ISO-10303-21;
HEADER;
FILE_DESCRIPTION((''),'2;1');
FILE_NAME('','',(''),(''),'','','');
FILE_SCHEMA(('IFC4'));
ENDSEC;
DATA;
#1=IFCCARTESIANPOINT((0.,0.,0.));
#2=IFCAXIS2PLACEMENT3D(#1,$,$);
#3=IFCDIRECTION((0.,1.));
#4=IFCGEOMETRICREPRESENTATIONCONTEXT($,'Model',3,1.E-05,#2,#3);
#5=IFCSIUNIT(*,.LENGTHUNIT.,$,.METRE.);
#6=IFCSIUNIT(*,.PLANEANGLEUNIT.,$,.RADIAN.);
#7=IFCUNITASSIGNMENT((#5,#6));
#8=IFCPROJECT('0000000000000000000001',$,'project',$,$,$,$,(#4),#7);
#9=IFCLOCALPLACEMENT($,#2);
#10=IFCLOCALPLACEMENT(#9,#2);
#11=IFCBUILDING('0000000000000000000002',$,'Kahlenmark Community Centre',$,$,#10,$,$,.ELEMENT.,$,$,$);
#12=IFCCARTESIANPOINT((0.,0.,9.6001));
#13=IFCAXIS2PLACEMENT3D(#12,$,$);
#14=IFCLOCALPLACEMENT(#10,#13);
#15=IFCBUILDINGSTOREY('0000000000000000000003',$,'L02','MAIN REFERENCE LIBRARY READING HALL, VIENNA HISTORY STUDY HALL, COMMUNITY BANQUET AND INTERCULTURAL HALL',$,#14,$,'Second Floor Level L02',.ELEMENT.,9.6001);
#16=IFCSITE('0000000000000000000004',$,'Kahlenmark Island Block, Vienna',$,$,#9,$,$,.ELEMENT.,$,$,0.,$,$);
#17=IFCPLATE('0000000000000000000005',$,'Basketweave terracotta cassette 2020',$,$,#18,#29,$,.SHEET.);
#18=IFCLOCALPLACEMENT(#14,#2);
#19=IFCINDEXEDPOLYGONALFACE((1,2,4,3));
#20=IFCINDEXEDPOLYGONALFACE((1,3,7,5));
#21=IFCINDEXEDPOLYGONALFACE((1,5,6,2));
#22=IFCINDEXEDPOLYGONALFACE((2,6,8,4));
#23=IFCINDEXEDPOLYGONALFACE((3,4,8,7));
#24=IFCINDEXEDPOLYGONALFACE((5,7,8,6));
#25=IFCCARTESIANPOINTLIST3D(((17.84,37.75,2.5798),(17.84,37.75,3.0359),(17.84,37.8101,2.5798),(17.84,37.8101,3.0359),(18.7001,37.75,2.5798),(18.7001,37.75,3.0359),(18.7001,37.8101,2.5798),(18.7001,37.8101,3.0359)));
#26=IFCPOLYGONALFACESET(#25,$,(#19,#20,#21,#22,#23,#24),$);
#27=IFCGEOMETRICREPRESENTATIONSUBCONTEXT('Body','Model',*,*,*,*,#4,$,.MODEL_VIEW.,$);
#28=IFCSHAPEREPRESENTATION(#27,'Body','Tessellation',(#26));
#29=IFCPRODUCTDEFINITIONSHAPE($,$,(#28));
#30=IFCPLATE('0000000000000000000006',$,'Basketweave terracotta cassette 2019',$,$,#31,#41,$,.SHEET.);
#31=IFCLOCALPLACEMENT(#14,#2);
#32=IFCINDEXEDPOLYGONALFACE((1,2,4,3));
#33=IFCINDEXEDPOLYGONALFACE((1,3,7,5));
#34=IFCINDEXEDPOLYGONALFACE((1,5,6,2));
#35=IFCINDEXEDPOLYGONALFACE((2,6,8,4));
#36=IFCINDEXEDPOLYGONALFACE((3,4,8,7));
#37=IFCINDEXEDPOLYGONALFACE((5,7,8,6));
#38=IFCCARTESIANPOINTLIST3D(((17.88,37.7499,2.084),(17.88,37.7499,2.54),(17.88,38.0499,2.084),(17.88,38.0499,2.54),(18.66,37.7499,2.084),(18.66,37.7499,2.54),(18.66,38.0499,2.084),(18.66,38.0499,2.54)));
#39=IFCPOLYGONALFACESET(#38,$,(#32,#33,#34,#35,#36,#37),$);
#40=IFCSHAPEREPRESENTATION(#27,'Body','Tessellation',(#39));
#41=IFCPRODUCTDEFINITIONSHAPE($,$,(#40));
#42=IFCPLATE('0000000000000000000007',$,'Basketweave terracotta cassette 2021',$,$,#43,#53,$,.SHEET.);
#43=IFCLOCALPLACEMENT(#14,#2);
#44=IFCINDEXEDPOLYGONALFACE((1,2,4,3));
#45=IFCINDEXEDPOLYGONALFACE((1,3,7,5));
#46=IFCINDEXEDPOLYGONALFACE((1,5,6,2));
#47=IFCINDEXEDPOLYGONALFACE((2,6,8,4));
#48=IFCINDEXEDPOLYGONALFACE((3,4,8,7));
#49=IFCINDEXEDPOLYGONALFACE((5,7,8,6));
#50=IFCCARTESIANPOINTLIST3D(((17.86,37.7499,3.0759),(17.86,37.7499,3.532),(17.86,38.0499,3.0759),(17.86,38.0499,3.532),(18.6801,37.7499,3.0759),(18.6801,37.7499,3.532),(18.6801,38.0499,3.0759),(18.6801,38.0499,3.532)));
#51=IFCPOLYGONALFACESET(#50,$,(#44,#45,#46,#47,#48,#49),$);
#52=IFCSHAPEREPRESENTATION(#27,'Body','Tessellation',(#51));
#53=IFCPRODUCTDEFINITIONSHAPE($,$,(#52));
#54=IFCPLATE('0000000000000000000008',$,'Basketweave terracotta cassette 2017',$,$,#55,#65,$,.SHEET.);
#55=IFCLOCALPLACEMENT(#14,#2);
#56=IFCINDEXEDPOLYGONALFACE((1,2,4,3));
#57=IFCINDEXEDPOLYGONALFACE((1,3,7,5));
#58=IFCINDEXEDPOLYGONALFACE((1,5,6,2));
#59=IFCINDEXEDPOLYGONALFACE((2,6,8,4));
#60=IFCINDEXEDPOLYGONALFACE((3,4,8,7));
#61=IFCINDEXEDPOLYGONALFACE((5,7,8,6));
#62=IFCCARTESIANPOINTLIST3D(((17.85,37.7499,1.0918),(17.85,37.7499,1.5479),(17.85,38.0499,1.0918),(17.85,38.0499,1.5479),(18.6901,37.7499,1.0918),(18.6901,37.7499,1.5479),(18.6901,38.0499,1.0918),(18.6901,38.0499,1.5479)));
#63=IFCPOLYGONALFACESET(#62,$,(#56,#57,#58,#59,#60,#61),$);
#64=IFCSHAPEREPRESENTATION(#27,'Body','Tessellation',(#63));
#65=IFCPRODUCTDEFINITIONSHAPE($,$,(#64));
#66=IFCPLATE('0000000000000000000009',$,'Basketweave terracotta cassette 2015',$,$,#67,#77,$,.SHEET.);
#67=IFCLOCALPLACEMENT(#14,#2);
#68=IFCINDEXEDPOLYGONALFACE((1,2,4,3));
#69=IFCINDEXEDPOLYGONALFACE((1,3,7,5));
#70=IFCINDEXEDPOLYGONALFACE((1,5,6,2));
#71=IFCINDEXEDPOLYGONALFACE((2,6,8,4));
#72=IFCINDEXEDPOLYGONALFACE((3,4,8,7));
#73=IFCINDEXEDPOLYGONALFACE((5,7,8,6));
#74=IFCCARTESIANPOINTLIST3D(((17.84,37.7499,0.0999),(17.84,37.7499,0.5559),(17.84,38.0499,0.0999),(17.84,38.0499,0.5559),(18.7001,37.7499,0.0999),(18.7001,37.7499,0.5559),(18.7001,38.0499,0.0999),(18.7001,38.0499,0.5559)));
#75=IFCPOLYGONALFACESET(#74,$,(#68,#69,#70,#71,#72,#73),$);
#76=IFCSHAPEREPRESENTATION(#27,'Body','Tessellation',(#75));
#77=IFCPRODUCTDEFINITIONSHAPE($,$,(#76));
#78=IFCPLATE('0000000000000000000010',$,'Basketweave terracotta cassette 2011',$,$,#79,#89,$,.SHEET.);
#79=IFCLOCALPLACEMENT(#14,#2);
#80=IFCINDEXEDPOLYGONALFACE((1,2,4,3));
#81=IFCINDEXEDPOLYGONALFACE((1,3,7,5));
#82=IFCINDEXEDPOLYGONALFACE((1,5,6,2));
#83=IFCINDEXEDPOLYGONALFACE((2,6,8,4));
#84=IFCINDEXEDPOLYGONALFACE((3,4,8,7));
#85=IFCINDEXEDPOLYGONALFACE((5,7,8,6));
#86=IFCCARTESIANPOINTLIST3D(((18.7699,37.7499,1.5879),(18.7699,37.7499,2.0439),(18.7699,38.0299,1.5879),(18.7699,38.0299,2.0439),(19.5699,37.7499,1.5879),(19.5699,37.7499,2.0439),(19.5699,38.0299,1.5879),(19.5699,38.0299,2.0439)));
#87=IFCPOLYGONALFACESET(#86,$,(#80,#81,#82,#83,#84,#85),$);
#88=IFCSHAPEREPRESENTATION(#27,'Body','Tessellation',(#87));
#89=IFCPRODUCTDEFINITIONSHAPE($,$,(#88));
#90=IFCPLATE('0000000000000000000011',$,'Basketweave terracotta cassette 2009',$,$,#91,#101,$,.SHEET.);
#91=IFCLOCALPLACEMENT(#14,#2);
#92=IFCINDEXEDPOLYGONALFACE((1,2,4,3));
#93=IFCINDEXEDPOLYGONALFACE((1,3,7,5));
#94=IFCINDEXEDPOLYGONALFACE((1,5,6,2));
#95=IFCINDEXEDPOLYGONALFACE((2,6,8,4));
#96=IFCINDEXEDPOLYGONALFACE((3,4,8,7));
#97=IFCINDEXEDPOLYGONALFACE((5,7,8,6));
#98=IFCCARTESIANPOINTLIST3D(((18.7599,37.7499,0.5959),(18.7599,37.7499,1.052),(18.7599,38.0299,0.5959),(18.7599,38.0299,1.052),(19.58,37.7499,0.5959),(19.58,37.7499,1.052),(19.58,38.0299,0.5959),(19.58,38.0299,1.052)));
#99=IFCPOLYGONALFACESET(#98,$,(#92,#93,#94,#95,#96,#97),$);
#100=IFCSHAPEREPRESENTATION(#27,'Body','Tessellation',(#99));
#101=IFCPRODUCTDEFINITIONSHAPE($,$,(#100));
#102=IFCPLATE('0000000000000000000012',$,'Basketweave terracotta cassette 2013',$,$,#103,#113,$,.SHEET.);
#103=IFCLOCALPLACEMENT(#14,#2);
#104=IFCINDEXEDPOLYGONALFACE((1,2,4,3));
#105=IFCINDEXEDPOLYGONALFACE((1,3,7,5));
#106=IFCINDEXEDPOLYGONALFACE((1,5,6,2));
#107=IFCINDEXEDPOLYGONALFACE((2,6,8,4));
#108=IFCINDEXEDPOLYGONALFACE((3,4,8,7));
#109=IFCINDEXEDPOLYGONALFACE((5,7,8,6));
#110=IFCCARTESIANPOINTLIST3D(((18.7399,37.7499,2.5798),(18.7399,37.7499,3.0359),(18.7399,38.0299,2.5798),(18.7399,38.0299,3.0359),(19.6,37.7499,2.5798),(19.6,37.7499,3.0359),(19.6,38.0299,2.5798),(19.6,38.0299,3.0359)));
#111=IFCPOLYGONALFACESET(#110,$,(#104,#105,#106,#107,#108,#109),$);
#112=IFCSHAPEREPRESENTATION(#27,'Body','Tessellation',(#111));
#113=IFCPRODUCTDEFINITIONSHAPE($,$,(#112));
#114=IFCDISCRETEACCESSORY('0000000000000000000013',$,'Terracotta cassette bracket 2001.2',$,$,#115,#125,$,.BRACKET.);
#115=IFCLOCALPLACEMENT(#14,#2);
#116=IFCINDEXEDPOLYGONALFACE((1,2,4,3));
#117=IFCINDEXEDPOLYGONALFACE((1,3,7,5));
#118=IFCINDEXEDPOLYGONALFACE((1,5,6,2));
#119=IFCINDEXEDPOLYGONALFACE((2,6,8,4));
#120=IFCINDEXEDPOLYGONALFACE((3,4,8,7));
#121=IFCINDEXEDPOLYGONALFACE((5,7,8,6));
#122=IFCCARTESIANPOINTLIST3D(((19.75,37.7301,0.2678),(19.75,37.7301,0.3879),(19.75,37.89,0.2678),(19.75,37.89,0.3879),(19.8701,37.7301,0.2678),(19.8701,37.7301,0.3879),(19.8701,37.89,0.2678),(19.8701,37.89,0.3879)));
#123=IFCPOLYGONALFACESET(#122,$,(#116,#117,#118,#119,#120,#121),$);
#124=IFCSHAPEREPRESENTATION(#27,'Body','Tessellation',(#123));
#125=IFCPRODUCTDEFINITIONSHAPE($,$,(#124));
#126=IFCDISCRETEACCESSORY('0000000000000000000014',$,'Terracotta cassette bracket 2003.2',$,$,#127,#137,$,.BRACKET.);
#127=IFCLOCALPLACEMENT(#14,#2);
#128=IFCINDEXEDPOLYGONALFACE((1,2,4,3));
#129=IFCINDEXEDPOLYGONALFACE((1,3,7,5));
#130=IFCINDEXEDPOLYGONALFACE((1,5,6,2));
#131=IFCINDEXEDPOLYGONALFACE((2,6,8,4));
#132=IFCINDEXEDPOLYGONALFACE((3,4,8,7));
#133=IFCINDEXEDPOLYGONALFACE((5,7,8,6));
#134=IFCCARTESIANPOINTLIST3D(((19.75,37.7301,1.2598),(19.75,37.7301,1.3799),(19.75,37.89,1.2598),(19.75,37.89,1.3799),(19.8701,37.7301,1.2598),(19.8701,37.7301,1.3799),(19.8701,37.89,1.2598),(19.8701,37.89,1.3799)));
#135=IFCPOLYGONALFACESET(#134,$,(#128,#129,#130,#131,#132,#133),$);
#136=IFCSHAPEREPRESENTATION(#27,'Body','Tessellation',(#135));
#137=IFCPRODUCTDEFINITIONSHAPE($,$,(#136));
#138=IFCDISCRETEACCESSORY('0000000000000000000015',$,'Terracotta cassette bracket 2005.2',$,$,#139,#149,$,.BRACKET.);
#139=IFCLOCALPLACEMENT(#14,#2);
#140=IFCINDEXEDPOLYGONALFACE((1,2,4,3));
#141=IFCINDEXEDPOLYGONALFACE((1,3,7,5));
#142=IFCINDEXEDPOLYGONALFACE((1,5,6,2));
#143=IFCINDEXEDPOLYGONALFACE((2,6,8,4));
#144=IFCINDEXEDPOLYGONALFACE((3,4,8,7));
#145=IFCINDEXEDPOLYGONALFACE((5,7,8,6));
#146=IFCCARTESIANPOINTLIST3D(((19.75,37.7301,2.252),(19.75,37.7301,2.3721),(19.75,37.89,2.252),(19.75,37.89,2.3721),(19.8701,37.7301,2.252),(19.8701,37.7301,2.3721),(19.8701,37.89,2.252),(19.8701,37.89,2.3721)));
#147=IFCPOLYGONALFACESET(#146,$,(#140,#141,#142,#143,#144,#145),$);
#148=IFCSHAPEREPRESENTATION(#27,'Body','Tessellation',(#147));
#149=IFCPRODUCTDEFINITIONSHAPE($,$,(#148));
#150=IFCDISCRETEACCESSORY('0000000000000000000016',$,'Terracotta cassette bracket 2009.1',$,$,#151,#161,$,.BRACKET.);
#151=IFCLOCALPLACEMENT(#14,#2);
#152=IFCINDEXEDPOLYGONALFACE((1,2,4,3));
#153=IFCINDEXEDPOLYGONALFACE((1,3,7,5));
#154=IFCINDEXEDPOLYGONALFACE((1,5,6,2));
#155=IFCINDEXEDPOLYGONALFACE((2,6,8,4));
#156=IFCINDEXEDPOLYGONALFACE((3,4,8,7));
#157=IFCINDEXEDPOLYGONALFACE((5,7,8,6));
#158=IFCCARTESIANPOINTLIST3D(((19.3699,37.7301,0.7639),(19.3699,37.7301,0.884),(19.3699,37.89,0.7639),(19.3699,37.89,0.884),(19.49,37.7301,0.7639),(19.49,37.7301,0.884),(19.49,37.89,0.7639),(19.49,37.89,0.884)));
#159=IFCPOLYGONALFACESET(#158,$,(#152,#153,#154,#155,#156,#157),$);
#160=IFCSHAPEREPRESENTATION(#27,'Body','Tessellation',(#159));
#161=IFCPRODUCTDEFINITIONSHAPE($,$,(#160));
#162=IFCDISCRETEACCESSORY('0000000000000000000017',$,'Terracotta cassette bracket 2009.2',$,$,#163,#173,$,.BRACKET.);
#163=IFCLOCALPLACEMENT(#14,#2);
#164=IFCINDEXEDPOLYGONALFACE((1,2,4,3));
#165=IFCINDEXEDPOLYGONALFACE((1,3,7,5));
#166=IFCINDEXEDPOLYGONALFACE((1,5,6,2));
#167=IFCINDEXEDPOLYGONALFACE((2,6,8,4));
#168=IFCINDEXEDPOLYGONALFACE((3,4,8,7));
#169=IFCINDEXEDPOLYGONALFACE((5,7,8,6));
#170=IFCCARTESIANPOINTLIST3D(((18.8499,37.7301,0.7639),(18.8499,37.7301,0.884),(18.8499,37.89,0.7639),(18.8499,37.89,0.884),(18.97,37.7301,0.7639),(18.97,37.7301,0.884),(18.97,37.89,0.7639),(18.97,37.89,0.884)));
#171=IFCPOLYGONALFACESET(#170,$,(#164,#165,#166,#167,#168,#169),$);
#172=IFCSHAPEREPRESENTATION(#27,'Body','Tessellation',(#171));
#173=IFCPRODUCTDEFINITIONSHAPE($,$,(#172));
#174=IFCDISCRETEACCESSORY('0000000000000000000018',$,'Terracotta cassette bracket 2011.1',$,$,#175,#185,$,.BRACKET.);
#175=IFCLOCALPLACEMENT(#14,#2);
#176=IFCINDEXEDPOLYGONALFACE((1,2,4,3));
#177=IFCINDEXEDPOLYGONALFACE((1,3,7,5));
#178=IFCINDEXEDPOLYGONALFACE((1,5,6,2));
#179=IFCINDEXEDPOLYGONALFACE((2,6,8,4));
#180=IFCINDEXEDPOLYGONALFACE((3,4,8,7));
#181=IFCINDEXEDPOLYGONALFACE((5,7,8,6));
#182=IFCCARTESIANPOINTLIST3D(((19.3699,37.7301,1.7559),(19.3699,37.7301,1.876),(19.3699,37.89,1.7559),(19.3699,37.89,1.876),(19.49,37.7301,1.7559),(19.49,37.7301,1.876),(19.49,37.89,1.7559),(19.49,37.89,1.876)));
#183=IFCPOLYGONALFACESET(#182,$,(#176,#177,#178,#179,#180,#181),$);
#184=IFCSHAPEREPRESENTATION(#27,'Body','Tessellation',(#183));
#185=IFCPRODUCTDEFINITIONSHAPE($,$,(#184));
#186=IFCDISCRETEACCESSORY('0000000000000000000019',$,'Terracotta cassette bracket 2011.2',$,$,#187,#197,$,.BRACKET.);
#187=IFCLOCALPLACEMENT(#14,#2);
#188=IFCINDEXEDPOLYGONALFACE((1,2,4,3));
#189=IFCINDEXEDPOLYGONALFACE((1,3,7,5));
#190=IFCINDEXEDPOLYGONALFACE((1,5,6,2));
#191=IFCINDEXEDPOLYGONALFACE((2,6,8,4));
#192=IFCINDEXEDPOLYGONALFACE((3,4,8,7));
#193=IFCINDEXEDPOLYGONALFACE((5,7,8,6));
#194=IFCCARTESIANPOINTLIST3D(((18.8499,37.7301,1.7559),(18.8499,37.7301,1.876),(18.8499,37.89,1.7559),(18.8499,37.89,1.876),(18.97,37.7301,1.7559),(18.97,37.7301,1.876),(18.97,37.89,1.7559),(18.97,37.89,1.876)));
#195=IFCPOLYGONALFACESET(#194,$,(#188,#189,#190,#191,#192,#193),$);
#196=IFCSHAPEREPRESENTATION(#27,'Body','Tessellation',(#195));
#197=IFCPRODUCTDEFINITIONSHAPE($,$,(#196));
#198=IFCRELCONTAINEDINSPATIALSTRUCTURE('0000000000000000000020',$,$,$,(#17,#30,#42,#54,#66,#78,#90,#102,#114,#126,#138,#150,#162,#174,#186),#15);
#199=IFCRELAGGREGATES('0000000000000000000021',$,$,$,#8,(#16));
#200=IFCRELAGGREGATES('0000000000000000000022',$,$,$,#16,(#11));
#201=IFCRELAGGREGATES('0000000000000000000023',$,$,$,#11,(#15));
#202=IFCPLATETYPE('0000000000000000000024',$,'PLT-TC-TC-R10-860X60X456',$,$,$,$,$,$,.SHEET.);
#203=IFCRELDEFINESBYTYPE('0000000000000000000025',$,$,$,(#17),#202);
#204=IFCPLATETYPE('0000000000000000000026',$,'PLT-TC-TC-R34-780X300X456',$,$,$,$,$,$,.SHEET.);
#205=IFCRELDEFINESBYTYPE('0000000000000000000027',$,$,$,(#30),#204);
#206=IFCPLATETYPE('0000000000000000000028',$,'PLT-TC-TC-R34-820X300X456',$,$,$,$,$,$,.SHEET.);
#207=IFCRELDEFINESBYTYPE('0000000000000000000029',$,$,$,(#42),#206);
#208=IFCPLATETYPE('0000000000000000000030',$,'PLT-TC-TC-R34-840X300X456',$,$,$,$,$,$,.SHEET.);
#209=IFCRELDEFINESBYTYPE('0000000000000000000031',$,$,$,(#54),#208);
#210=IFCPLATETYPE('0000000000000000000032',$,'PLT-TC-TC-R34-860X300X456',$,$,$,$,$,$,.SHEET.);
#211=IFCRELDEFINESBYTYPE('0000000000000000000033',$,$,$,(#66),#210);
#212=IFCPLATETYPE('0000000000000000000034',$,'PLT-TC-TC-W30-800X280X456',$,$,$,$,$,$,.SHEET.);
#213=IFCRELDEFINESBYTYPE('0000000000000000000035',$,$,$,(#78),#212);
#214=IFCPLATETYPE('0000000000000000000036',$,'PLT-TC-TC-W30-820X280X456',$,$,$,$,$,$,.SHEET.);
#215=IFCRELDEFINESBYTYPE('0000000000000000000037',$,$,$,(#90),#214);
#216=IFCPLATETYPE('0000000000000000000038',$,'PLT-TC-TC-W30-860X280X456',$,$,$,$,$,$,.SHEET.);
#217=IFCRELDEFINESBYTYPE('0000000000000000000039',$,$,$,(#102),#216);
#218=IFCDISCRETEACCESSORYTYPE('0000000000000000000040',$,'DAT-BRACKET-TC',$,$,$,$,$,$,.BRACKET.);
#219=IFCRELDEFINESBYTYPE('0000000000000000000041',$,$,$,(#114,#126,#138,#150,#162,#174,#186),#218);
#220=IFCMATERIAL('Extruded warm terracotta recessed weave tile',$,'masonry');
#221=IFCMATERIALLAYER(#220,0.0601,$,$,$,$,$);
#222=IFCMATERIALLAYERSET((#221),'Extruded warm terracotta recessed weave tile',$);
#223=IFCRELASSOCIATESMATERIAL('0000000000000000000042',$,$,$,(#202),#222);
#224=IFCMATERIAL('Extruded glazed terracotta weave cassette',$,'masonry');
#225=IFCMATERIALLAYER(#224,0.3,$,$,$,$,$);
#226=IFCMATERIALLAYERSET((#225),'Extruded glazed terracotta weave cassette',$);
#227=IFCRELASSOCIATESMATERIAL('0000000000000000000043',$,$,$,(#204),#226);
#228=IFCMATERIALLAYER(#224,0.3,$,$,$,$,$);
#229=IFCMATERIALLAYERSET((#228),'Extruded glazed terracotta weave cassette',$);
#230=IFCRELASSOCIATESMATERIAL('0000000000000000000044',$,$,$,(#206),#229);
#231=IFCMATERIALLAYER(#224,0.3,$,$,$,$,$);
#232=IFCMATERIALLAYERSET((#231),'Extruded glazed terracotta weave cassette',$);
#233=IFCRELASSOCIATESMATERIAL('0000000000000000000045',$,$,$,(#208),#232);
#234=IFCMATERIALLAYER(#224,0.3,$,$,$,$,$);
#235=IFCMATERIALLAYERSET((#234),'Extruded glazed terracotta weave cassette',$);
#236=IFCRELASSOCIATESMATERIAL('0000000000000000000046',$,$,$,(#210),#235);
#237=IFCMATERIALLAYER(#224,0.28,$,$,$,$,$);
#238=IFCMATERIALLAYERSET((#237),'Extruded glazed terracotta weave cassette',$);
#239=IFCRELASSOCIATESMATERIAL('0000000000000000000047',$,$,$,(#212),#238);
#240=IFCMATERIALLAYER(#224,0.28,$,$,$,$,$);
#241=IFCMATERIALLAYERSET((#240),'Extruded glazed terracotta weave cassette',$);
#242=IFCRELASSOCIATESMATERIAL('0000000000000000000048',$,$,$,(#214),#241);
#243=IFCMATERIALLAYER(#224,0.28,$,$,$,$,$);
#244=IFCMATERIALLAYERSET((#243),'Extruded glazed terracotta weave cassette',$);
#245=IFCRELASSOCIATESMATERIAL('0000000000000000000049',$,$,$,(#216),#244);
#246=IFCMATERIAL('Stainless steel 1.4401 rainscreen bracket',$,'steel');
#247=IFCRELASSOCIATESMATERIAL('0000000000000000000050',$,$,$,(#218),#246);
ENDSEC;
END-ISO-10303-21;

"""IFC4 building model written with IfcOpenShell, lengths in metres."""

from ifc_helpers import new_model, si_unit, direction, frame, origin, origin_2d, place, context, subcontext, project, spatial, rectangle, extrude, material, layer, layer_set, type_object, element, save


model = new_model("IFC4")

# Units and contexts
model_context = context("Model", 3, precision=1e-05, world=origin(), true_north=direction((0.0, 1.0)))
body_context = subcontext(model_context, "Body", "Model", "MODEL_VIEW")
ifc_project = project(units=[si_unit("LENGTHUNIT", "METRE"), si_unit("PLANEANGLEUNIT", "RADIAN")], contexts=[model_context])

# Site, building, storey
site_placement = place(None, origin())
site = spatial("IfcSite", under=ifc_project, at=site_placement, Name="Kahlenmark Island Block, Vienna", CompositionType="ELEMENT", RefElevation=0.0)
building_placement = place(site_placement, origin())
building = spatial("IfcBuilding", under=site, at=building_placement, Name="Kahlenmark Community Centre", CompositionType="ELEMENT")
storey_placement = place(building_placement, frame((0.0, 0.0, 9.6001)))
storey = spatial("IfcBuildingStorey", under=building, at=storey_placement, Name="L02", Description="MAIN REFERENCE LIBRARY READING HALL, VIENNA HISTORY STUDY HALL, COMMUNITY BANQUET AND INTERCULTURAL HALL", LongName="Second Floor Level L02", CompositionType="ELEMENT", Elevation=9.6001)

# Plates
ifc_material_1 = material(Name="Extruded warm terracotta recessed weave tile", Category="masonry")
ifc_layer_1 = layer(ifc_material_1, 0.0601)
ifc_layer_set_1 = layer_set([ifc_layer_1], Name="Extruded warm terracotta recessed weave tile")
plate_type_1 = type_object("IfcPlateType", Name="PLT-TC-TC-R10-860X60X456", PredefinedType="SHEET", material=ifc_layer_set_1)
for number, where, z_axis, x_axis, name in (
    (1, (18.27, 37.78, 2.5798), (0.0, 0.0, 1.0), (-1.0, 0.0, 0.0), "Basketweave terracotta cassette 2020"),
):
    element("IfcPlate", number, at=place(storey_placement, frame(where, z_axis=z_axis, x_axis=x_axis)), inside=storey, type_object=plate_type_1, Name=name, PredefinedType="SHEET", context=body_context, shape_type="SweptSolid", body=[
        extrude(rectangle(XDim=0.8601, YDim=0.0601, at=origin_2d()), origin(), (0.0, 0.0, 1.0), 0.4561),
    ])
ifc_material_2 = material(Name="Extruded glazed terracotta weave cassette", Category="masonry")
ifc_layer_2 = layer(ifc_material_2, 0.3)
ifc_layer_set_2 = layer_set([ifc_layer_2], Name="Extruded glazed terracotta weave cassette")
plate_type_2 = type_object("IfcPlateType", Name="PLT-TC-TC-R34-780X300X456", PredefinedType="SHEET", material=ifc_layer_set_2)
plate_1_placement = place(storey_placement, frame((18.27, 37.8999, 2.084), z_axis=(0.0, 0.0, 1.0), x_axis=(-1.0, 0.0, 0.0)))
element("IfcPlate", 2, at=plate_1_placement, inside=storey, type_object=plate_type_2, Name="Basketweave terracotta cassette 2019", PredefinedType="SHEET", context=body_context, shape_type="SweptSolid", body=[
    extrude(rectangle(XDim=0.78, YDim=0.3, at=origin_2d()), origin(), (0.0, 0.0, 1.0), 0.4561),
])
ifc_layer_3 = layer(ifc_material_2, 0.3)
ifc_layer_set_3 = layer_set([ifc_layer_3], Name="Extruded glazed terracotta weave cassette")
plate_type_3 = type_object("IfcPlateType", Name="PLT-TC-TC-R34-820X300X456", PredefinedType="SHEET", material=ifc_layer_set_3)
plate_2_placement = place(storey_placement, frame((18.27, 37.8999, 3.0759), z_axis=(0.0, 0.0, 1.0), x_axis=(-1.0, 0.0, 0.0)))
element("IfcPlate", 3, at=plate_2_placement, inside=storey, type_object=plate_type_3, Name="Basketweave terracotta cassette 2021", PredefinedType="SHEET", context=body_context, shape_type="SweptSolid", body=[
    extrude(rectangle(XDim=0.8201, YDim=0.3, at=origin_2d()), origin(), (0.0, 0.0, 1.0), 0.4561),
])
ifc_layer_4 = layer(ifc_material_2, 0.3)
ifc_layer_set_4 = layer_set([ifc_layer_4], Name="Extruded glazed terracotta weave cassette")
plate_type_4 = type_object("IfcPlateType", Name="PLT-TC-TC-R34-840X300X456", PredefinedType="SHEET", material=ifc_layer_set_4)
plate_3_placement = place(storey_placement, frame((18.27, 37.8999, 1.0918), z_axis=(0.0, 0.0, 1.0), x_axis=(-1.0, 0.0, 0.0)))
element("IfcPlate", 4, at=plate_3_placement, inside=storey, type_object=plate_type_4, Name="Basketweave terracotta cassette 2017", PredefinedType="SHEET", context=body_context, shape_type="SweptSolid", body=[
    extrude(rectangle(XDim=0.8401, YDim=0.3, at=origin_2d()), origin(), (0.0, 0.0, 1.0), 0.4561),
])
ifc_layer_5 = layer(ifc_material_2, 0.3)
ifc_layer_set_5 = layer_set([ifc_layer_5], Name="Extruded glazed terracotta weave cassette")
plate_type_5 = type_object("IfcPlateType", Name="PLT-TC-TC-R34-860X300X456", PredefinedType="SHEET", material=ifc_layer_set_5)
plate_4_placement = place(storey_placement, frame((18.27, 37.8999, 0.0999), z_axis=(0.0, 0.0, 1.0), x_axis=(-1.0, 0.0, 0.0)))
element("IfcPlate", 5, at=plate_4_placement, inside=storey, type_object=plate_type_5, Name="Basketweave terracotta cassette 2015", PredefinedType="SHEET", context=body_context, shape_type="SweptSolid", body=[
    extrude(rectangle(XDim=0.8601, YDim=0.3, at=origin_2d()), origin(), (0.0, 0.0, 1.0), 0.4561),
])
ifc_layer_6 = layer(ifc_material_2, 0.28)
ifc_layer_set_6 = layer_set([ifc_layer_6], Name="Extruded glazed terracotta weave cassette")
plate_type_6 = type_object("IfcPlateType", Name="PLT-TC-TC-W30-800X280X456", PredefinedType="SHEET", material=ifc_layer_set_6)
plate_5_placement = place(storey_placement, frame((19.1699, 37.8899, 1.5879), z_axis=(0.0, 0.0, 1.0), x_axis=(-1.0, 0.0, 0.0)))
element("IfcPlate", 6, at=plate_5_placement, inside=storey, type_object=plate_type_6, Name="Basketweave terracotta cassette 2011", PredefinedType="SHEET", context=body_context, shape_type="SweptSolid", body=[
    extrude(rectangle(XDim=0.8, YDim=0.28, at=origin_2d()), origin(), (0.0, 0.0, 1.0), 0.4561),
])
ifc_layer_7 = layer(ifc_material_2, 0.28)
ifc_layer_set_7 = layer_set([ifc_layer_7], Name="Extruded glazed terracotta weave cassette")
plate_type_7 = type_object("IfcPlateType", Name="PLT-TC-TC-W30-820X280X456", PredefinedType="SHEET", material=ifc_layer_set_7)
plate_6_placement = place(storey_placement, frame((19.1699, 37.8899, 0.5959), z_axis=(0.0, 0.0, 1.0), x_axis=(-1.0, 0.0, 0.0)))
element("IfcPlate", 7, at=plate_6_placement, inside=storey, type_object=plate_type_7, Name="Basketweave terracotta cassette 2009", PredefinedType="SHEET", context=body_context, shape_type="SweptSolid", body=[
    extrude(rectangle(XDim=0.8201, YDim=0.28, at=origin_2d()), origin(), (0.0, 0.0, 1.0), 0.4561),
])
ifc_layer_8 = layer(ifc_material_2, 0.28)
ifc_layer_set_8 = layer_set([ifc_layer_8], Name="Extruded glazed terracotta weave cassette")
plate_type_8 = type_object("IfcPlateType", Name="PLT-TC-TC-W30-860X280X456", PredefinedType="SHEET", material=ifc_layer_set_8)
plate_7_placement = place(storey_placement, frame((19.1699, 37.8899, 2.5798), z_axis=(0.0, 0.0, 1.0), x_axis=(-1.0, 0.0, 0.0)))
element("IfcPlate", 8, at=plate_7_placement, inside=storey, type_object=plate_type_8, Name="Basketweave terracotta cassette 2013", PredefinedType="SHEET", context=body_context, shape_type="SweptSolid", body=[
    extrude(rectangle(XDim=0.8601, YDim=0.28, at=origin_2d()), origin(), (0.0, 0.0, 1.0), 0.4561),
])

# Discrete accessories
ifc_material_3 = material(Name="Stainless steel 1.4401 rainscreen bracket", Category="steel")
discrete_accessory_type = type_object("IfcDiscreteAccessoryType", Name="DAT-BRACKET-TC", PredefinedType="BRACKET", material=ifc_material_3)
for number, where, z_axis, x_axis, name in (
    (9, (19.8101, 37.8101, 0.2678), (0.0, 0.0, 1.0), (-1.0, 0.0, 0.0), "Terracotta cassette bracket 2001.2"),
    (10, (19.8101, 37.8101, 1.2598), (0.0, 0.0, 1.0), (-1.0, 0.0, 0.0), "Terracotta cassette bracket 2003.2"),
    (11, (19.8101, 37.8101, 2.252), (0.0, 0.0, 1.0), (-1.0, 0.0, 0.0), "Terracotta cassette bracket 2005.2"),
    (12, (19.4299, 37.8101, 0.7639), (0.0, 0.0, 1.0), (-1.0, 0.0, 0.0), "Terracotta cassette bracket 2009.1"),
    (13, (18.9099, 37.8101, 0.7639), (0.0, 0.0, 1.0), (-1.0, 0.0, 0.0), "Terracotta cassette bracket 2009.2"),
    (14, (19.4299, 37.8101, 1.7559), (0.0, 0.0, 1.0), (-1.0, 0.0, 0.0), "Terracotta cassette bracket 2011.1"),
    (15, (18.9099, 37.8101, 1.7559), (0.0, 0.0, 1.0), (-1.0, 0.0, 0.0), "Terracotta cassette bracket 2011.2"),
):
    element("IfcDiscreteAccessory", number, at=place(storey_placement, frame(where, z_axis=z_axis, x_axis=x_axis)), inside=storey, type_object=discrete_accessory_type, Name=name, PredefinedType="BRACKET", context=body_context, shape_type="SweptSolid", body=[
        extrude(rectangle(XDim=0.1201, YDim=0.1599, at=origin_2d()), origin(), (0.0, 0.0, 1.0), 0.1201),
    ])

save(model, "model.ifc")
